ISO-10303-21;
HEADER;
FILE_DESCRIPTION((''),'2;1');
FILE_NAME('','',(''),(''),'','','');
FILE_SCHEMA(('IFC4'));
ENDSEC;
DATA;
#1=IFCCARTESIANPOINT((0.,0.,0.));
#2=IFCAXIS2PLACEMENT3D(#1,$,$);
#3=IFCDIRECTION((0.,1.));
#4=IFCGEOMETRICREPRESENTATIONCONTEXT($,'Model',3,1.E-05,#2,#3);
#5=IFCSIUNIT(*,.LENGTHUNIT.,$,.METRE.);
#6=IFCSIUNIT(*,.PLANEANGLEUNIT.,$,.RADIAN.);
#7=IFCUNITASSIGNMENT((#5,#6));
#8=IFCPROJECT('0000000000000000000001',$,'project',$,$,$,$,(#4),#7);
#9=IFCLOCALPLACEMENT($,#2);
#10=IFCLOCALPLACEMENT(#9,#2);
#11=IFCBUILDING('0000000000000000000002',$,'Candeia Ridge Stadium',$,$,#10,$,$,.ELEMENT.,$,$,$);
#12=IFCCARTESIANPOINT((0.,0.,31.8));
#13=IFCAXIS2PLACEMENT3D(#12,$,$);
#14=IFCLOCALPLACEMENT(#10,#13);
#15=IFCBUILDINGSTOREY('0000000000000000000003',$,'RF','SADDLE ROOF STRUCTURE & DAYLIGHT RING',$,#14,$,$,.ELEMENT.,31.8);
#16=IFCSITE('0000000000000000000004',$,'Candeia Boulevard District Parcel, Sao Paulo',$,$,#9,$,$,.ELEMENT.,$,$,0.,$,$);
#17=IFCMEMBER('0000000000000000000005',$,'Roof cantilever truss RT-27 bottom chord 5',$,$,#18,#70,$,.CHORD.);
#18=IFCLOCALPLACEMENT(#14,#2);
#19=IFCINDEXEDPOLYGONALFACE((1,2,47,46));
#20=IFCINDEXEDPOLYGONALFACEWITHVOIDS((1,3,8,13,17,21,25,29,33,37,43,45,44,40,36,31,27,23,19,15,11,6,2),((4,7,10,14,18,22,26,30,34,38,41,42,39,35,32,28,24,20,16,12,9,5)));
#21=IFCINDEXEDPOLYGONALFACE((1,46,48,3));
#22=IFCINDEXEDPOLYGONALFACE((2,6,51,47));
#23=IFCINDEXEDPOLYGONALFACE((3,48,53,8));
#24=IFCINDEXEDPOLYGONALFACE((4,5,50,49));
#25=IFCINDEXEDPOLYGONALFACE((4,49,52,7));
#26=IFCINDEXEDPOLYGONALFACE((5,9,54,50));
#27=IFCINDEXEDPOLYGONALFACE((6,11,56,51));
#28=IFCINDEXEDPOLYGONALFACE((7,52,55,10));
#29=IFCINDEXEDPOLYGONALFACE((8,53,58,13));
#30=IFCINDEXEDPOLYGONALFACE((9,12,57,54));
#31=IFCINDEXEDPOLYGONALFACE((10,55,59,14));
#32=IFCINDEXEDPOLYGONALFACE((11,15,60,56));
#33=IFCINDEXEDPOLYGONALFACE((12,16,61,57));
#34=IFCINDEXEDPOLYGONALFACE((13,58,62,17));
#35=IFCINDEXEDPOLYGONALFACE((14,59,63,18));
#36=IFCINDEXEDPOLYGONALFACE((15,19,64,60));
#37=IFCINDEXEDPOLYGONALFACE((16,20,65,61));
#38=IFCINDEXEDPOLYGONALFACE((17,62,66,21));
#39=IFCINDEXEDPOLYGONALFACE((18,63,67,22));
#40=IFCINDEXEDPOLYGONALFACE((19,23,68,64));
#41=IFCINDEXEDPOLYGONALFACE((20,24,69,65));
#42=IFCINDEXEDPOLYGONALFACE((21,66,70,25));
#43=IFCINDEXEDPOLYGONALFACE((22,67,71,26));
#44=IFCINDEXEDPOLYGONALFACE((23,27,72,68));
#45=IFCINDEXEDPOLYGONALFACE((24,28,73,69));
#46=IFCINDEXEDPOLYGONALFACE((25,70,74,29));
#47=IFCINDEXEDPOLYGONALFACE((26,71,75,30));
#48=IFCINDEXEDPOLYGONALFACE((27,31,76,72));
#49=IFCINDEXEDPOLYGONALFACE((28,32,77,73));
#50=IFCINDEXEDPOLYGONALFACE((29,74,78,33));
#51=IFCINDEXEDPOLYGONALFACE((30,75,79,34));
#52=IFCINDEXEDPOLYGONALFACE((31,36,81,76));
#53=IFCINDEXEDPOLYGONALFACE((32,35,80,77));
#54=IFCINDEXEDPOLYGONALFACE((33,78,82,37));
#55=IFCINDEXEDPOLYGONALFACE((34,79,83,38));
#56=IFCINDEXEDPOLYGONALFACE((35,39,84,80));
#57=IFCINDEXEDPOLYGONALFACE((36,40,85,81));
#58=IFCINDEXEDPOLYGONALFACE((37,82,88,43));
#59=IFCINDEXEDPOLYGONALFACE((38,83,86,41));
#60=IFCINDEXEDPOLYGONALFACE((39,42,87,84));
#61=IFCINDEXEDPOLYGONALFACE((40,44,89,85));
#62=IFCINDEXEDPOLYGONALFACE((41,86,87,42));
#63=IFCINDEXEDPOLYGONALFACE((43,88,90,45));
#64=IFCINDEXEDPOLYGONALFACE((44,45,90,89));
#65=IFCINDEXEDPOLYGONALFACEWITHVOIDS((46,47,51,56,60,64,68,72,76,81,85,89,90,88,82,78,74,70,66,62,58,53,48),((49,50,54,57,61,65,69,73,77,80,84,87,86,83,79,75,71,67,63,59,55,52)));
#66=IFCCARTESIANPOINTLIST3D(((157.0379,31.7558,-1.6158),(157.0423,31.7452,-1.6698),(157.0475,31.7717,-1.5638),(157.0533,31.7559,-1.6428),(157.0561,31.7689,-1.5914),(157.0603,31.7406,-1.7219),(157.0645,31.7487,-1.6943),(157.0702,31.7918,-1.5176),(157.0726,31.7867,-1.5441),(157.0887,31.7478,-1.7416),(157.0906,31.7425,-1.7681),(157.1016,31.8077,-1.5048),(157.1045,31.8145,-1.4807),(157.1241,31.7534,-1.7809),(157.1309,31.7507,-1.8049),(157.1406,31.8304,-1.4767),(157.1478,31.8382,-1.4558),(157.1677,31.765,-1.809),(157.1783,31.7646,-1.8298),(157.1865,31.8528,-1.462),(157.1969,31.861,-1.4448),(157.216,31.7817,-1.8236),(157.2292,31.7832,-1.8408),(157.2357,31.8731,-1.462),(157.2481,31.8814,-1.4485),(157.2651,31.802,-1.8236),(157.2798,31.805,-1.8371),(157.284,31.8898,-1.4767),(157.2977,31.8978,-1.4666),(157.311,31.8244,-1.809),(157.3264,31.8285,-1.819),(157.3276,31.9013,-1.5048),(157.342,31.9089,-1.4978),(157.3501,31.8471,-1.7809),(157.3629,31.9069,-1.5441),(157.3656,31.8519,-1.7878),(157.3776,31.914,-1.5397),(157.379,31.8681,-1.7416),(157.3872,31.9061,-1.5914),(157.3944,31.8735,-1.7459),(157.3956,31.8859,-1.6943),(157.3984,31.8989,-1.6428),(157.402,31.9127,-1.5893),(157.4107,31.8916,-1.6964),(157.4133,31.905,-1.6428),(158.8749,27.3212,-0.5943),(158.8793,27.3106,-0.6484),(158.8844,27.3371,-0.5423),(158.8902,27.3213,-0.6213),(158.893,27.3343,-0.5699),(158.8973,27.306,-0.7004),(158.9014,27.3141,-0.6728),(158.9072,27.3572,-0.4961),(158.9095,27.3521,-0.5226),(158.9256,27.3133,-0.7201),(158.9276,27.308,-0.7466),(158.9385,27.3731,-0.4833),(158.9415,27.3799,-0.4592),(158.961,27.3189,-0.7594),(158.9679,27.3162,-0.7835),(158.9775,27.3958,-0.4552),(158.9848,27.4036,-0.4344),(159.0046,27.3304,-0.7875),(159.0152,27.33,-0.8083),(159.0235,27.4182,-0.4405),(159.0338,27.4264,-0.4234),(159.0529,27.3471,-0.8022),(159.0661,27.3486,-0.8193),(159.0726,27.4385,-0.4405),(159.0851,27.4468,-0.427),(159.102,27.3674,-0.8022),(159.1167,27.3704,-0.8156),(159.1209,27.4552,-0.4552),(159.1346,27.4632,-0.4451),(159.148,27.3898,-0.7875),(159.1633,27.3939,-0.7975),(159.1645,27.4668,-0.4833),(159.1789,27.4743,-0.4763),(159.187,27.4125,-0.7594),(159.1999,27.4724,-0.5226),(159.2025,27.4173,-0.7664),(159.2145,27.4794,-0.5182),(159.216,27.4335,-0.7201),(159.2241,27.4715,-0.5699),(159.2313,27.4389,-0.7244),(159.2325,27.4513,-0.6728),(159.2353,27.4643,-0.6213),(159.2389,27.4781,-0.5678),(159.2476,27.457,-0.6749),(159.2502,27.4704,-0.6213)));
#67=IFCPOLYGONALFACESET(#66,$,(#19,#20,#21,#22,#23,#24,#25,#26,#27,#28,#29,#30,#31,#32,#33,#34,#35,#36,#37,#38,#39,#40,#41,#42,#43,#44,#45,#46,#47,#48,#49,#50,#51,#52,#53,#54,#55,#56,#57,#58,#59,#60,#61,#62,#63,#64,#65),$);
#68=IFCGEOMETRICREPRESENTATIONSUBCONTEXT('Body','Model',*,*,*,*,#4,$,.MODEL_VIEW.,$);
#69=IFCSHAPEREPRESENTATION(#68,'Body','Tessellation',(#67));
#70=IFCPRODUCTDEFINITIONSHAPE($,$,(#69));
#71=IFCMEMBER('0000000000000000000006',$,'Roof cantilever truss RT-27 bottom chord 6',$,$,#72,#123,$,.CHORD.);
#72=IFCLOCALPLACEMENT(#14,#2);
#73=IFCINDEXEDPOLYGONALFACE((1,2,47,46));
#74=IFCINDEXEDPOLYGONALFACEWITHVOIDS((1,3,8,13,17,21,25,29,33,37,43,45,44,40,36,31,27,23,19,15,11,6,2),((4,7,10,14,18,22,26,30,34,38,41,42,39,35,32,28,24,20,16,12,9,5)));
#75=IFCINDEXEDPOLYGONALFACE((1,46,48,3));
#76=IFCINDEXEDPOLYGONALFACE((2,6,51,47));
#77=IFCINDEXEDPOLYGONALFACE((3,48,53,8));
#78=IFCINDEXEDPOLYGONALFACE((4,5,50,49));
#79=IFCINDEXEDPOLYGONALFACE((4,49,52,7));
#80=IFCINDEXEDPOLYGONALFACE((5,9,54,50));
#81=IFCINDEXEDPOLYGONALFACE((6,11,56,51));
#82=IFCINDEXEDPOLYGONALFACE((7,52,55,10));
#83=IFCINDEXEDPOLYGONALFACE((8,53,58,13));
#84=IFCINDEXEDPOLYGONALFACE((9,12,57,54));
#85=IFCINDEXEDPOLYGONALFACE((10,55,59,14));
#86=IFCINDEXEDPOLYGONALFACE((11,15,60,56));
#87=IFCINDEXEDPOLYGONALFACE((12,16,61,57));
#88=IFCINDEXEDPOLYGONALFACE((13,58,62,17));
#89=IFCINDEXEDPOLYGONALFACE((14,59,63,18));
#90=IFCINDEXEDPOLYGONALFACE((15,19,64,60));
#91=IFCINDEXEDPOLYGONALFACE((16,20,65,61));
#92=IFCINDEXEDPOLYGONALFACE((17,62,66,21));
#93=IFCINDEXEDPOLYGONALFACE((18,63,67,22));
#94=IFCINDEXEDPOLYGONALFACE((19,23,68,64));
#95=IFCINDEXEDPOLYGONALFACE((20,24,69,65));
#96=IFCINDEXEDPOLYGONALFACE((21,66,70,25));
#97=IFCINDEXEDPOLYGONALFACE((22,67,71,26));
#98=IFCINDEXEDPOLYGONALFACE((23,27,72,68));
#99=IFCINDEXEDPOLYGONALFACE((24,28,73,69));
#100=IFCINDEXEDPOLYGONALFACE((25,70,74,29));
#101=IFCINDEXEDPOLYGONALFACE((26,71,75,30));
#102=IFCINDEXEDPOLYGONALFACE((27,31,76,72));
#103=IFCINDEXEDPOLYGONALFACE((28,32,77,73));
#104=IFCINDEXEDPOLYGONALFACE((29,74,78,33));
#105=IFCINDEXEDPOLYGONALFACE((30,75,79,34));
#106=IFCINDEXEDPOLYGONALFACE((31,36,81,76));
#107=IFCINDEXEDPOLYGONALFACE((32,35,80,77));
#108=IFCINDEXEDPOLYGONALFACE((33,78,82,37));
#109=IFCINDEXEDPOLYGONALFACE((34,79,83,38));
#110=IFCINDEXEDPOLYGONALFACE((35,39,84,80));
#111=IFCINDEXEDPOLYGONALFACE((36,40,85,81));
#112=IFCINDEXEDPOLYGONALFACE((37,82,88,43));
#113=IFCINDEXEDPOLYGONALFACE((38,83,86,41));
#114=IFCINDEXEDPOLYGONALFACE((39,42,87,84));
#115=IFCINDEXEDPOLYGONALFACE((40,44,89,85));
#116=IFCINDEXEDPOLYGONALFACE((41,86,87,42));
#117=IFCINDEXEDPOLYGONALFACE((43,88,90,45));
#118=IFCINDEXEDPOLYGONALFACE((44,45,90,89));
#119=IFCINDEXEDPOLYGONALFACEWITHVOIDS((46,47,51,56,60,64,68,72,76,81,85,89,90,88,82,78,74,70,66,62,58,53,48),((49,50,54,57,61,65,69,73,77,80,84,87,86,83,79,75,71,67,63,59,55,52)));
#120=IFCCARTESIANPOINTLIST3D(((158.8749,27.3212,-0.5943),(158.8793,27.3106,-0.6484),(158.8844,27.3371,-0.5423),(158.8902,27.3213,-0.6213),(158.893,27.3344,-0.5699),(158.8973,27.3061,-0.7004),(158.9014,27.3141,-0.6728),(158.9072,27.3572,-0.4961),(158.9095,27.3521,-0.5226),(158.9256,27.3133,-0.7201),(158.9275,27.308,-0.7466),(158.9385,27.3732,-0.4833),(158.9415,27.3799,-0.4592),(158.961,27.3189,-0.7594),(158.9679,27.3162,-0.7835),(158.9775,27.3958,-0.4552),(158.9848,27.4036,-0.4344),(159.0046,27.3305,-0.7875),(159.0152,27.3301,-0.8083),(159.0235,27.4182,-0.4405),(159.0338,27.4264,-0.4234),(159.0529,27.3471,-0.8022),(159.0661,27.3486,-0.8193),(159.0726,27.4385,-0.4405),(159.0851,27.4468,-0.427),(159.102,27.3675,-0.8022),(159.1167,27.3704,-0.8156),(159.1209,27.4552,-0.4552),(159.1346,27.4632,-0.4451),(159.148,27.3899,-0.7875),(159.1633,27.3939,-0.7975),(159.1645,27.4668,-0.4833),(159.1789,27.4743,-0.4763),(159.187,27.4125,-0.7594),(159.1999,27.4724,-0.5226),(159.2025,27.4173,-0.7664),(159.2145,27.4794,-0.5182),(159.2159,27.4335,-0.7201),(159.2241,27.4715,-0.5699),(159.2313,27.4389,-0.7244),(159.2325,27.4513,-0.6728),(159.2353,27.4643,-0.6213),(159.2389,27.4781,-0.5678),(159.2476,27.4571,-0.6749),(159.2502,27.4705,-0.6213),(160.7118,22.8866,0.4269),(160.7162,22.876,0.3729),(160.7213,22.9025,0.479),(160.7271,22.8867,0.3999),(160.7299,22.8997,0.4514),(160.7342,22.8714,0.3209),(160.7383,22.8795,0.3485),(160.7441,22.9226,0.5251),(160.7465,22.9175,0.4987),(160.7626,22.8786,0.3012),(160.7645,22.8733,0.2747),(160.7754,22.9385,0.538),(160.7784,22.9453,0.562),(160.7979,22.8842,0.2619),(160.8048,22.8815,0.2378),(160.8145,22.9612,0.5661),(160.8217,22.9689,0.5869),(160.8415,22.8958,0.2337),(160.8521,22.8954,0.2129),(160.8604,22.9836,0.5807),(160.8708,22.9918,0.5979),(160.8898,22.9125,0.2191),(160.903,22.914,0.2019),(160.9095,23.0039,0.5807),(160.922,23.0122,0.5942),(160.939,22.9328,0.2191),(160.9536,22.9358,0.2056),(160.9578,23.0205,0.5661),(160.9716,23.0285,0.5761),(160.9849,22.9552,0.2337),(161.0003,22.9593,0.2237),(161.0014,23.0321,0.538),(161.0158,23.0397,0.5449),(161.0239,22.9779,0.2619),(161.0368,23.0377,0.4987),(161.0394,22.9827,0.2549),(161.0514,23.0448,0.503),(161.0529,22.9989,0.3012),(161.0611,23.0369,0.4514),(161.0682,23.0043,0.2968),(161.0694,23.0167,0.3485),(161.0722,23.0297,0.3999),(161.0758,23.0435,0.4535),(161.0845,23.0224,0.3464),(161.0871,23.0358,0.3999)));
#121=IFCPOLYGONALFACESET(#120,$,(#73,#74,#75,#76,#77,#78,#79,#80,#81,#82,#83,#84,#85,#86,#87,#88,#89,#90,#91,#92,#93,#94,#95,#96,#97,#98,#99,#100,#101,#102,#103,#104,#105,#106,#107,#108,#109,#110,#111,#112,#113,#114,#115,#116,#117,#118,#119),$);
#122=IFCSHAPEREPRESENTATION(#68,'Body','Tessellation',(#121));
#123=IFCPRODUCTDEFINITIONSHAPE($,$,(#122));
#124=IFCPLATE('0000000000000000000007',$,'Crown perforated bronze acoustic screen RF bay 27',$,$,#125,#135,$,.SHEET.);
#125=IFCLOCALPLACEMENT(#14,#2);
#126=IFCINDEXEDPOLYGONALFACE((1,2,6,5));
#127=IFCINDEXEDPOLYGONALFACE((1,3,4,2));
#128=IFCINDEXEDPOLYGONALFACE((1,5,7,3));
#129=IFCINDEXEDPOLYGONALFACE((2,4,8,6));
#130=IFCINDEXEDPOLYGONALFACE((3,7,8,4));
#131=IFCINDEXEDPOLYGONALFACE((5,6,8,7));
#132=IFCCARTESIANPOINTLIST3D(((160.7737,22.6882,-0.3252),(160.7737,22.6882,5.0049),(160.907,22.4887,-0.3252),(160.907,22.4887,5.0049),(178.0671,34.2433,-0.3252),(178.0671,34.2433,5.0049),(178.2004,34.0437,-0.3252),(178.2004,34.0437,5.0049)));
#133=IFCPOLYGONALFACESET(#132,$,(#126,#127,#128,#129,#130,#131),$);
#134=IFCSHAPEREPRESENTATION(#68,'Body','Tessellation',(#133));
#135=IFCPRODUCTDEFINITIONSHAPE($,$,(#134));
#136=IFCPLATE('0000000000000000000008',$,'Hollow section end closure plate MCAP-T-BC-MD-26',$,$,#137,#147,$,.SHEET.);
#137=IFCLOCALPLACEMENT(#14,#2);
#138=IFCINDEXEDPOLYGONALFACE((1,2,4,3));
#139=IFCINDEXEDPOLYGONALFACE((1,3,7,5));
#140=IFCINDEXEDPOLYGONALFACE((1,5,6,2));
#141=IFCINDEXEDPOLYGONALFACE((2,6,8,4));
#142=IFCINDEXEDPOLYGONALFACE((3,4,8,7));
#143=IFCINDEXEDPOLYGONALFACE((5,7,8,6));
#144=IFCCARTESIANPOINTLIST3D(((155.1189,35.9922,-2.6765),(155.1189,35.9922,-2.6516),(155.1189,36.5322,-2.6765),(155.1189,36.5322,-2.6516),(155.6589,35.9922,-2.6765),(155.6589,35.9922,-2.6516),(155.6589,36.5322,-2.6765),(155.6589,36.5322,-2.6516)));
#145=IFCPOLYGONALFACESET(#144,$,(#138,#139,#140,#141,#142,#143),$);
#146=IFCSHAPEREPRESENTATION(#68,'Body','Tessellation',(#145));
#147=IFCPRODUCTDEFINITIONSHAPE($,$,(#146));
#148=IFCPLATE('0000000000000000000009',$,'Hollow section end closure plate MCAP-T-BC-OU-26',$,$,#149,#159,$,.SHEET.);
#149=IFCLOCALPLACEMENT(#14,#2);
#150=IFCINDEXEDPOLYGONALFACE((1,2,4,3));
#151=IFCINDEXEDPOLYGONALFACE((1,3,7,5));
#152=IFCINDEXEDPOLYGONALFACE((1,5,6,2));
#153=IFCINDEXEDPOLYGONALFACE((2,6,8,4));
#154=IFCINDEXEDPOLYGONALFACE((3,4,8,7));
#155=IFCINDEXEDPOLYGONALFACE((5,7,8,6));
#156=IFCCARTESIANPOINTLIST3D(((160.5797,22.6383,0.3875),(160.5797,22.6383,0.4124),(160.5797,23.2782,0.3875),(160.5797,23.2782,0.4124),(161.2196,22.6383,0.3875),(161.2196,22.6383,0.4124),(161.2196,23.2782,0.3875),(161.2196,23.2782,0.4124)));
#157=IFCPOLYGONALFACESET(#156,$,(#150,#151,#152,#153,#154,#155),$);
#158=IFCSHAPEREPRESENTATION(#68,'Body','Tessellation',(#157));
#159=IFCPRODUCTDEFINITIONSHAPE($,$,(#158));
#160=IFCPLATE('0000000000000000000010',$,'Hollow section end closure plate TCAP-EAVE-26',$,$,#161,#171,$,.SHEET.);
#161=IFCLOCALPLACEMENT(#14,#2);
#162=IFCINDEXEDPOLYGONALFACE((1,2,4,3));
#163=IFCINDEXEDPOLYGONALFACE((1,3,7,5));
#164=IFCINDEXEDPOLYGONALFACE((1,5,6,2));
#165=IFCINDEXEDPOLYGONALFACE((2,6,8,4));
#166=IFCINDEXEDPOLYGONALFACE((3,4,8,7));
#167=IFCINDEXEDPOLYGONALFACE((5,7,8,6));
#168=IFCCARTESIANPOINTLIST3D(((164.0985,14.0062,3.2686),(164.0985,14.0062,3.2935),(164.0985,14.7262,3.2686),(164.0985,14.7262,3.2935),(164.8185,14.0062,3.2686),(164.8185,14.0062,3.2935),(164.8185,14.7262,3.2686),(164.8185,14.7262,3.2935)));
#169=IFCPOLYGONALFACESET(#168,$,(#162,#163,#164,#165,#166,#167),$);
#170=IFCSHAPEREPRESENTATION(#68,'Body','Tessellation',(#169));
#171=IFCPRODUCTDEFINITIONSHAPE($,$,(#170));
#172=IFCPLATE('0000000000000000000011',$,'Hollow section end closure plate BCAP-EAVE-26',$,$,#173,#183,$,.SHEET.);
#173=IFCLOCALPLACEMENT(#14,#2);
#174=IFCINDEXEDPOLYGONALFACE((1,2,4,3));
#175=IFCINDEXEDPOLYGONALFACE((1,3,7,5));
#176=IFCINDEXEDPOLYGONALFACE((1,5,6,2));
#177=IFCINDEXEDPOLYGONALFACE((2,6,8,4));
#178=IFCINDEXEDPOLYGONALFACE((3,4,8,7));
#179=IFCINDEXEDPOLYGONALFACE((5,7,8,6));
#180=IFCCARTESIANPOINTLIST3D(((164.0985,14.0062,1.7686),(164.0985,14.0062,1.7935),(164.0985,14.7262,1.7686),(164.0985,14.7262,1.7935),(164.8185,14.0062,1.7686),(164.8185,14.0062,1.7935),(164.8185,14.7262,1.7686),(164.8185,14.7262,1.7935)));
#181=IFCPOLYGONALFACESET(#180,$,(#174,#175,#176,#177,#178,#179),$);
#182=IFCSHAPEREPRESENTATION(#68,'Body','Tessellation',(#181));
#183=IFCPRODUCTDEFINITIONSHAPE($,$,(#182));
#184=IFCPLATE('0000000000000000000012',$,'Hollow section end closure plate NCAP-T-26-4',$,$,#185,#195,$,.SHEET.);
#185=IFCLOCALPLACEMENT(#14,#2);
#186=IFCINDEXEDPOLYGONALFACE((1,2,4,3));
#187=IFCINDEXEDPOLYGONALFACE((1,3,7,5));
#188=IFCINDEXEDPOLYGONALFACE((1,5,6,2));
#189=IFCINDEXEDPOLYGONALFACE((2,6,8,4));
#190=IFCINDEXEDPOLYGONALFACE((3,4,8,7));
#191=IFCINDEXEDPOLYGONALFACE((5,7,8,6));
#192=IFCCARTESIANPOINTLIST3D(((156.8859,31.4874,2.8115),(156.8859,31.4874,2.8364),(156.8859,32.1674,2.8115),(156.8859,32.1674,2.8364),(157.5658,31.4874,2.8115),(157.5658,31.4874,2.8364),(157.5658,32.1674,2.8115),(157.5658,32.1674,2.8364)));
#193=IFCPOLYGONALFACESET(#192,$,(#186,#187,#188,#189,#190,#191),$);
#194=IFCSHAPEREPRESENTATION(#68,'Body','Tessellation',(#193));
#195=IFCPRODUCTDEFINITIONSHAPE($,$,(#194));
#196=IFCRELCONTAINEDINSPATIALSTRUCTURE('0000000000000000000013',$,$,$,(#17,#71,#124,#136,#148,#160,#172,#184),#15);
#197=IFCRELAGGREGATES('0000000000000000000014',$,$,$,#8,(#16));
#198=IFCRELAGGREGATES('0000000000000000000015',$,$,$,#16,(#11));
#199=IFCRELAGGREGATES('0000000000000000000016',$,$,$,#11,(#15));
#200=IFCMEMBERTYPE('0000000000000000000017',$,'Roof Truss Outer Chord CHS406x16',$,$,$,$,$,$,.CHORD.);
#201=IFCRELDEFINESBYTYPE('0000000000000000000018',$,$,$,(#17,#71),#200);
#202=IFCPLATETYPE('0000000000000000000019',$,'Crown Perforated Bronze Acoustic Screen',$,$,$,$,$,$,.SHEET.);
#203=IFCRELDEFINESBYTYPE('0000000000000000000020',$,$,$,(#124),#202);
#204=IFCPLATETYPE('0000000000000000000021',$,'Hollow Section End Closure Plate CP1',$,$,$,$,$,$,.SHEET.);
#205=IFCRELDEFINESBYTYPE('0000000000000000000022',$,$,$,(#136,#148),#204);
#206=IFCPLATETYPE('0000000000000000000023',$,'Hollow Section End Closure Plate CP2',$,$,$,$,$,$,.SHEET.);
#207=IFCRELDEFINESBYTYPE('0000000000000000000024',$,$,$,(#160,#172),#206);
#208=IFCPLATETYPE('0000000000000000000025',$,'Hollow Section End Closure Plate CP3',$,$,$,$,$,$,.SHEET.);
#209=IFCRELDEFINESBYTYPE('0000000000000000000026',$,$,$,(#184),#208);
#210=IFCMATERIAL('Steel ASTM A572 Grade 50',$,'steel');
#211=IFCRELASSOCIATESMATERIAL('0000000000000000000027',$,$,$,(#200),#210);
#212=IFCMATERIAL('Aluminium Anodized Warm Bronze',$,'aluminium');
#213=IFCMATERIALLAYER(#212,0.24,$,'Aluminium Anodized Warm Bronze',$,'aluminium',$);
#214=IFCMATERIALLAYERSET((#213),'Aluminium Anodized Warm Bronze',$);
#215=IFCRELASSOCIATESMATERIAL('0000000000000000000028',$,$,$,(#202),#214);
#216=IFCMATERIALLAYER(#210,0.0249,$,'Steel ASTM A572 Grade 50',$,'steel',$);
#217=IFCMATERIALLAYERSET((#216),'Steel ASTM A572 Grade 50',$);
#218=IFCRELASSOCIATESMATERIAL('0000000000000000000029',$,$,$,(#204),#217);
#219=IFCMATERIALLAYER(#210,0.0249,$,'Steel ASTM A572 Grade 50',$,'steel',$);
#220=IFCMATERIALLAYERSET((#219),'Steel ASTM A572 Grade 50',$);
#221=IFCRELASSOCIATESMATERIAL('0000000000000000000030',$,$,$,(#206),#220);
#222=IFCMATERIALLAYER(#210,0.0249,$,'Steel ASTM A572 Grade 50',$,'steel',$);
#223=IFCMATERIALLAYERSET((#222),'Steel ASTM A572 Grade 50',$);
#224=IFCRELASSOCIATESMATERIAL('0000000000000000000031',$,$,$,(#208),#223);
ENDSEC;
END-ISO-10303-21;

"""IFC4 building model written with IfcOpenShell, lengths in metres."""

from ifc_helpers import new_model, si_unit, direction, frame, origin, origin_2d, place, context, subcontext, project, spatial, rectangle, hollow_circle, extrude, material, layer, layer_set, material_profile, profile_set, type_object, element, save


model = new_model("IFC4")

# Units and contexts
model_context = context("Model", 3, precision=1e-05, world=origin(), true_north=direction((0.0, 1.0)))
body_context = subcontext(model_context, "Body", "Model", "MODEL_VIEW")
ifc_project = project(units=[si_unit("LENGTHUNIT", "METRE"), si_unit("PLANEANGLEUNIT", "RADIAN")], contexts=[model_context])

# Site, building, storey
site_placement = place(None, origin())
site = spatial("IfcSite", under=ifc_project, at=site_placement, Name="Candeia Boulevard District Parcel, Sao Paulo", CompositionType="ELEMENT", RefElevation=0.0)
building_placement = place(site_placement, origin())
building = spatial("IfcBuilding", under=site, at=building_placement, Name="Candeia Ridge Stadium", CompositionType="ELEMENT")
storey_placement = place(building_placement, frame((0.0, 0.0, 31.8)))
storey = spatial("IfcBuildingStorey", under=building, at=storey_placement, Name="RF", Description="SADDLE ROOF STRUCTURE & DAYLIGHT RING", CompositionType="ELEMENT", Elevation=31.8)

# Shared definitions
ifc_material_1 = material(Name="Steel ASTM A572 Grade 50", Category="steel")

# Members
ifc_material_profile_1 = material_profile(ifc_material_1, hollow_circle(Radius=0.2029, WallThickness=0.0161, at=origin_2d()), Name="CHS406x16", Category="steel")
ifc_profile_set_1 = profile_set([ifc_material_profile_1], Name="Steel ASTM A572 Grade 50")
member_type_1 = type_object("IfcMemberType", Name="Roof Truss Outer Chord CHS406x16", PredefinedType="CHORD", material=ifc_profile_set_1)
for number, where, z_axis, x_axis, name in (
    (1, (157.2258, 31.8274, -1.6428), (0.374311, -0.90364, 0.20815), (0.923875, 0.382693, 0.0), "Roof cantilever truss RT-27 bottom chord 5"),
    (2, (159.0627, 27.3928, -0.6213), (0.374315, -0.903649, 0.208102), (0.923875, 0.382693, 0.0), "Roof cantilever truss RT-27 bottom chord 6"),
):
    element("IfcMember", number, at=place(storey_placement, frame(where, z_axis=z_axis, x_axis=x_axis)), inside=storey, type_object=member_type_1, Name=name, PredefinedType="CHORD", context=body_context, shape_type="SweptSolid", body=[
        extrude(hollow_circle(Radius=0.2029, WallThickness=0.0161, at=origin_2d()), origin(), (0.0, 0.0, 1.0), 4.9075),
    ])

# Plates
ifc_material_2 = material(Name="Aluminium Anodized Warm Bronze", Category="aluminium")
ifc_layer_1 = layer(ifc_material_2, 0.24, Name="Aluminium Anodized Warm Bronze", Category="aluminium")
ifc_layer_set_1 = layer_set([ifc_layer_1], Name="Aluminium Anodized Warm Bronze")
plate_type_1 = type_object("IfcPlateType", Name="Crown Perforated Bronze Acoustic Screen", PredefinedType="SHEET", material=ifc_layer_set_1)
plate_1_placement = place(storey_placement, frame((169.4871, 28.366, -0.3252), z_axis=(0.0, 0.0, 1.0), x_axis=(0.83147, 0.55557, 0.0)))
element("IfcPlate", 3, at=plate_1_placement, inside=storey, type_object=plate_type_1, Name="Crown perforated bronze acoustic screen RF bay 27", PredefinedType="SHEET", context=body_context, shape_type="SweptSolid", body=[
    extrude(rectangle(XDim=20.7986, YDim=0.24, at=origin_2d()), origin(), (0.0, 0.0, 1.0), 5.3301),
])
ifc_layer_2 = layer(ifc_material_1, 0.0249, Name="Steel ASTM A572 Grade 50", Category="steel")
ifc_layer_set_2 = layer_set([ifc_layer_2], Name="Steel ASTM A572 Grade 50")
plate_type_2 = type_object("IfcPlateType", Name="Hollow Section End Closure Plate CP1", PredefinedType="SHEET", material=ifc_layer_set_2)
plate_2_placement = place(storey_placement, frame((155.3889, 36.2622, -2.6765), z_axis=(0.0, 0.0, 1.0), x_axis=(1.0, 0.0, 0.0)))
element("IfcPlate", 4, at=plate_2_placement, inside=storey, type_object=plate_type_2, Name="Hollow section end closure plate MCAP-T-BC-MD-26", PredefinedType="SHEET", context=body_context, shape_type="SweptSolid", body=[
    extrude(rectangle(XDim=0.54, YDim=0.54, at=origin_2d()), origin(), (0.0, 0.0, 1.0), 0.0249),
])
plate_3_placement = place(storey_placement, frame((160.8997, 22.9583, 0.3875), z_axis=(0.0, 0.0, 1.0), x_axis=(1.0, 0.0, 0.0)))
element("IfcPlate", 5, at=plate_3_placement, inside=storey, type_object=plate_type_2, Name="Hollow section end closure plate MCAP-T-BC-OU-26", PredefinedType="SHEET", context=body_context, shape_type="SweptSolid", body=[
    extrude(rectangle(XDim=0.6399, YDim=0.6399, at=origin_2d()), origin(), (0.0, 0.0, 1.0), 0.0249),
])
ifc_layer_3 = layer(ifc_material_1, 0.0249, Name="Steel ASTM A572 Grade 50", Category="steel")
ifc_layer_set_3 = layer_set([ifc_layer_3], Name="Steel ASTM A572 Grade 50")
plate_type_3 = type_object("IfcPlateType", Name="Hollow Section End Closure Plate CP2", PredefinedType="SHEET", material=ifc_layer_set_3)
for number, where, z_axis, x_axis, name in (
    (6, (164.4585, 14.3662, 3.2686), (0.0, 0.0, 1.0), (1.0, 0.0, 0.0), "Hollow section end closure plate TCAP-EAVE-26"),
    (7, (164.4585, 14.3662, 1.7686), (0.0, 0.0, 1.0), (1.0, 0.0, 0.0), "Hollow section end closure plate BCAP-EAVE-26"),
):
    element("IfcPlate", number, at=place(storey_placement, frame(where, z_axis=z_axis, x_axis=x_axis)), inside=storey, type_object=plate_type_3, Name=name, PredefinedType="SHEET", context=body_context, shape_type="SweptSolid", body=[
        extrude(rectangle(XDim=0.72, YDim=0.72, at=origin_2d()), origin(), (0.0, 0.0, 1.0), 0.0249),
    ])
ifc_layer_4 = layer(ifc_material_1, 0.0249, Name="Steel ASTM A572 Grade 50", Category="steel")
ifc_layer_set_4 = layer_set([ifc_layer_4], Name="Steel ASTM A572 Grade 50")
plate_type_4 = type_object("IfcPlateType", Name="Hollow Section End Closure Plate CP3", PredefinedType="SHEET", material=ifc_layer_set_4)
for number, where, z_axis, x_axis, name in (
    (8, (157.2258, 31.8274, 2.8115), (0.0, 0.0, 1.0), (1.0, 0.0, 0.0), "Hollow section end closure plate NCAP-T-26-4"),
):
    element("IfcPlate", number, at=place(storey_placement, frame(where, z_axis=z_axis, x_axis=x_axis)), inside=storey, type_object=plate_type_4, Name=name, PredefinedType="SHEET", context=body_context, shape_type="SweptSolid", body=[
        extrude(rectangle(XDim=0.6799, YDim=0.6799, at=origin_2d()), origin(), (0.0, 0.0, 1.0), 0.0249),
    ])

save(model, "model.ifc")
